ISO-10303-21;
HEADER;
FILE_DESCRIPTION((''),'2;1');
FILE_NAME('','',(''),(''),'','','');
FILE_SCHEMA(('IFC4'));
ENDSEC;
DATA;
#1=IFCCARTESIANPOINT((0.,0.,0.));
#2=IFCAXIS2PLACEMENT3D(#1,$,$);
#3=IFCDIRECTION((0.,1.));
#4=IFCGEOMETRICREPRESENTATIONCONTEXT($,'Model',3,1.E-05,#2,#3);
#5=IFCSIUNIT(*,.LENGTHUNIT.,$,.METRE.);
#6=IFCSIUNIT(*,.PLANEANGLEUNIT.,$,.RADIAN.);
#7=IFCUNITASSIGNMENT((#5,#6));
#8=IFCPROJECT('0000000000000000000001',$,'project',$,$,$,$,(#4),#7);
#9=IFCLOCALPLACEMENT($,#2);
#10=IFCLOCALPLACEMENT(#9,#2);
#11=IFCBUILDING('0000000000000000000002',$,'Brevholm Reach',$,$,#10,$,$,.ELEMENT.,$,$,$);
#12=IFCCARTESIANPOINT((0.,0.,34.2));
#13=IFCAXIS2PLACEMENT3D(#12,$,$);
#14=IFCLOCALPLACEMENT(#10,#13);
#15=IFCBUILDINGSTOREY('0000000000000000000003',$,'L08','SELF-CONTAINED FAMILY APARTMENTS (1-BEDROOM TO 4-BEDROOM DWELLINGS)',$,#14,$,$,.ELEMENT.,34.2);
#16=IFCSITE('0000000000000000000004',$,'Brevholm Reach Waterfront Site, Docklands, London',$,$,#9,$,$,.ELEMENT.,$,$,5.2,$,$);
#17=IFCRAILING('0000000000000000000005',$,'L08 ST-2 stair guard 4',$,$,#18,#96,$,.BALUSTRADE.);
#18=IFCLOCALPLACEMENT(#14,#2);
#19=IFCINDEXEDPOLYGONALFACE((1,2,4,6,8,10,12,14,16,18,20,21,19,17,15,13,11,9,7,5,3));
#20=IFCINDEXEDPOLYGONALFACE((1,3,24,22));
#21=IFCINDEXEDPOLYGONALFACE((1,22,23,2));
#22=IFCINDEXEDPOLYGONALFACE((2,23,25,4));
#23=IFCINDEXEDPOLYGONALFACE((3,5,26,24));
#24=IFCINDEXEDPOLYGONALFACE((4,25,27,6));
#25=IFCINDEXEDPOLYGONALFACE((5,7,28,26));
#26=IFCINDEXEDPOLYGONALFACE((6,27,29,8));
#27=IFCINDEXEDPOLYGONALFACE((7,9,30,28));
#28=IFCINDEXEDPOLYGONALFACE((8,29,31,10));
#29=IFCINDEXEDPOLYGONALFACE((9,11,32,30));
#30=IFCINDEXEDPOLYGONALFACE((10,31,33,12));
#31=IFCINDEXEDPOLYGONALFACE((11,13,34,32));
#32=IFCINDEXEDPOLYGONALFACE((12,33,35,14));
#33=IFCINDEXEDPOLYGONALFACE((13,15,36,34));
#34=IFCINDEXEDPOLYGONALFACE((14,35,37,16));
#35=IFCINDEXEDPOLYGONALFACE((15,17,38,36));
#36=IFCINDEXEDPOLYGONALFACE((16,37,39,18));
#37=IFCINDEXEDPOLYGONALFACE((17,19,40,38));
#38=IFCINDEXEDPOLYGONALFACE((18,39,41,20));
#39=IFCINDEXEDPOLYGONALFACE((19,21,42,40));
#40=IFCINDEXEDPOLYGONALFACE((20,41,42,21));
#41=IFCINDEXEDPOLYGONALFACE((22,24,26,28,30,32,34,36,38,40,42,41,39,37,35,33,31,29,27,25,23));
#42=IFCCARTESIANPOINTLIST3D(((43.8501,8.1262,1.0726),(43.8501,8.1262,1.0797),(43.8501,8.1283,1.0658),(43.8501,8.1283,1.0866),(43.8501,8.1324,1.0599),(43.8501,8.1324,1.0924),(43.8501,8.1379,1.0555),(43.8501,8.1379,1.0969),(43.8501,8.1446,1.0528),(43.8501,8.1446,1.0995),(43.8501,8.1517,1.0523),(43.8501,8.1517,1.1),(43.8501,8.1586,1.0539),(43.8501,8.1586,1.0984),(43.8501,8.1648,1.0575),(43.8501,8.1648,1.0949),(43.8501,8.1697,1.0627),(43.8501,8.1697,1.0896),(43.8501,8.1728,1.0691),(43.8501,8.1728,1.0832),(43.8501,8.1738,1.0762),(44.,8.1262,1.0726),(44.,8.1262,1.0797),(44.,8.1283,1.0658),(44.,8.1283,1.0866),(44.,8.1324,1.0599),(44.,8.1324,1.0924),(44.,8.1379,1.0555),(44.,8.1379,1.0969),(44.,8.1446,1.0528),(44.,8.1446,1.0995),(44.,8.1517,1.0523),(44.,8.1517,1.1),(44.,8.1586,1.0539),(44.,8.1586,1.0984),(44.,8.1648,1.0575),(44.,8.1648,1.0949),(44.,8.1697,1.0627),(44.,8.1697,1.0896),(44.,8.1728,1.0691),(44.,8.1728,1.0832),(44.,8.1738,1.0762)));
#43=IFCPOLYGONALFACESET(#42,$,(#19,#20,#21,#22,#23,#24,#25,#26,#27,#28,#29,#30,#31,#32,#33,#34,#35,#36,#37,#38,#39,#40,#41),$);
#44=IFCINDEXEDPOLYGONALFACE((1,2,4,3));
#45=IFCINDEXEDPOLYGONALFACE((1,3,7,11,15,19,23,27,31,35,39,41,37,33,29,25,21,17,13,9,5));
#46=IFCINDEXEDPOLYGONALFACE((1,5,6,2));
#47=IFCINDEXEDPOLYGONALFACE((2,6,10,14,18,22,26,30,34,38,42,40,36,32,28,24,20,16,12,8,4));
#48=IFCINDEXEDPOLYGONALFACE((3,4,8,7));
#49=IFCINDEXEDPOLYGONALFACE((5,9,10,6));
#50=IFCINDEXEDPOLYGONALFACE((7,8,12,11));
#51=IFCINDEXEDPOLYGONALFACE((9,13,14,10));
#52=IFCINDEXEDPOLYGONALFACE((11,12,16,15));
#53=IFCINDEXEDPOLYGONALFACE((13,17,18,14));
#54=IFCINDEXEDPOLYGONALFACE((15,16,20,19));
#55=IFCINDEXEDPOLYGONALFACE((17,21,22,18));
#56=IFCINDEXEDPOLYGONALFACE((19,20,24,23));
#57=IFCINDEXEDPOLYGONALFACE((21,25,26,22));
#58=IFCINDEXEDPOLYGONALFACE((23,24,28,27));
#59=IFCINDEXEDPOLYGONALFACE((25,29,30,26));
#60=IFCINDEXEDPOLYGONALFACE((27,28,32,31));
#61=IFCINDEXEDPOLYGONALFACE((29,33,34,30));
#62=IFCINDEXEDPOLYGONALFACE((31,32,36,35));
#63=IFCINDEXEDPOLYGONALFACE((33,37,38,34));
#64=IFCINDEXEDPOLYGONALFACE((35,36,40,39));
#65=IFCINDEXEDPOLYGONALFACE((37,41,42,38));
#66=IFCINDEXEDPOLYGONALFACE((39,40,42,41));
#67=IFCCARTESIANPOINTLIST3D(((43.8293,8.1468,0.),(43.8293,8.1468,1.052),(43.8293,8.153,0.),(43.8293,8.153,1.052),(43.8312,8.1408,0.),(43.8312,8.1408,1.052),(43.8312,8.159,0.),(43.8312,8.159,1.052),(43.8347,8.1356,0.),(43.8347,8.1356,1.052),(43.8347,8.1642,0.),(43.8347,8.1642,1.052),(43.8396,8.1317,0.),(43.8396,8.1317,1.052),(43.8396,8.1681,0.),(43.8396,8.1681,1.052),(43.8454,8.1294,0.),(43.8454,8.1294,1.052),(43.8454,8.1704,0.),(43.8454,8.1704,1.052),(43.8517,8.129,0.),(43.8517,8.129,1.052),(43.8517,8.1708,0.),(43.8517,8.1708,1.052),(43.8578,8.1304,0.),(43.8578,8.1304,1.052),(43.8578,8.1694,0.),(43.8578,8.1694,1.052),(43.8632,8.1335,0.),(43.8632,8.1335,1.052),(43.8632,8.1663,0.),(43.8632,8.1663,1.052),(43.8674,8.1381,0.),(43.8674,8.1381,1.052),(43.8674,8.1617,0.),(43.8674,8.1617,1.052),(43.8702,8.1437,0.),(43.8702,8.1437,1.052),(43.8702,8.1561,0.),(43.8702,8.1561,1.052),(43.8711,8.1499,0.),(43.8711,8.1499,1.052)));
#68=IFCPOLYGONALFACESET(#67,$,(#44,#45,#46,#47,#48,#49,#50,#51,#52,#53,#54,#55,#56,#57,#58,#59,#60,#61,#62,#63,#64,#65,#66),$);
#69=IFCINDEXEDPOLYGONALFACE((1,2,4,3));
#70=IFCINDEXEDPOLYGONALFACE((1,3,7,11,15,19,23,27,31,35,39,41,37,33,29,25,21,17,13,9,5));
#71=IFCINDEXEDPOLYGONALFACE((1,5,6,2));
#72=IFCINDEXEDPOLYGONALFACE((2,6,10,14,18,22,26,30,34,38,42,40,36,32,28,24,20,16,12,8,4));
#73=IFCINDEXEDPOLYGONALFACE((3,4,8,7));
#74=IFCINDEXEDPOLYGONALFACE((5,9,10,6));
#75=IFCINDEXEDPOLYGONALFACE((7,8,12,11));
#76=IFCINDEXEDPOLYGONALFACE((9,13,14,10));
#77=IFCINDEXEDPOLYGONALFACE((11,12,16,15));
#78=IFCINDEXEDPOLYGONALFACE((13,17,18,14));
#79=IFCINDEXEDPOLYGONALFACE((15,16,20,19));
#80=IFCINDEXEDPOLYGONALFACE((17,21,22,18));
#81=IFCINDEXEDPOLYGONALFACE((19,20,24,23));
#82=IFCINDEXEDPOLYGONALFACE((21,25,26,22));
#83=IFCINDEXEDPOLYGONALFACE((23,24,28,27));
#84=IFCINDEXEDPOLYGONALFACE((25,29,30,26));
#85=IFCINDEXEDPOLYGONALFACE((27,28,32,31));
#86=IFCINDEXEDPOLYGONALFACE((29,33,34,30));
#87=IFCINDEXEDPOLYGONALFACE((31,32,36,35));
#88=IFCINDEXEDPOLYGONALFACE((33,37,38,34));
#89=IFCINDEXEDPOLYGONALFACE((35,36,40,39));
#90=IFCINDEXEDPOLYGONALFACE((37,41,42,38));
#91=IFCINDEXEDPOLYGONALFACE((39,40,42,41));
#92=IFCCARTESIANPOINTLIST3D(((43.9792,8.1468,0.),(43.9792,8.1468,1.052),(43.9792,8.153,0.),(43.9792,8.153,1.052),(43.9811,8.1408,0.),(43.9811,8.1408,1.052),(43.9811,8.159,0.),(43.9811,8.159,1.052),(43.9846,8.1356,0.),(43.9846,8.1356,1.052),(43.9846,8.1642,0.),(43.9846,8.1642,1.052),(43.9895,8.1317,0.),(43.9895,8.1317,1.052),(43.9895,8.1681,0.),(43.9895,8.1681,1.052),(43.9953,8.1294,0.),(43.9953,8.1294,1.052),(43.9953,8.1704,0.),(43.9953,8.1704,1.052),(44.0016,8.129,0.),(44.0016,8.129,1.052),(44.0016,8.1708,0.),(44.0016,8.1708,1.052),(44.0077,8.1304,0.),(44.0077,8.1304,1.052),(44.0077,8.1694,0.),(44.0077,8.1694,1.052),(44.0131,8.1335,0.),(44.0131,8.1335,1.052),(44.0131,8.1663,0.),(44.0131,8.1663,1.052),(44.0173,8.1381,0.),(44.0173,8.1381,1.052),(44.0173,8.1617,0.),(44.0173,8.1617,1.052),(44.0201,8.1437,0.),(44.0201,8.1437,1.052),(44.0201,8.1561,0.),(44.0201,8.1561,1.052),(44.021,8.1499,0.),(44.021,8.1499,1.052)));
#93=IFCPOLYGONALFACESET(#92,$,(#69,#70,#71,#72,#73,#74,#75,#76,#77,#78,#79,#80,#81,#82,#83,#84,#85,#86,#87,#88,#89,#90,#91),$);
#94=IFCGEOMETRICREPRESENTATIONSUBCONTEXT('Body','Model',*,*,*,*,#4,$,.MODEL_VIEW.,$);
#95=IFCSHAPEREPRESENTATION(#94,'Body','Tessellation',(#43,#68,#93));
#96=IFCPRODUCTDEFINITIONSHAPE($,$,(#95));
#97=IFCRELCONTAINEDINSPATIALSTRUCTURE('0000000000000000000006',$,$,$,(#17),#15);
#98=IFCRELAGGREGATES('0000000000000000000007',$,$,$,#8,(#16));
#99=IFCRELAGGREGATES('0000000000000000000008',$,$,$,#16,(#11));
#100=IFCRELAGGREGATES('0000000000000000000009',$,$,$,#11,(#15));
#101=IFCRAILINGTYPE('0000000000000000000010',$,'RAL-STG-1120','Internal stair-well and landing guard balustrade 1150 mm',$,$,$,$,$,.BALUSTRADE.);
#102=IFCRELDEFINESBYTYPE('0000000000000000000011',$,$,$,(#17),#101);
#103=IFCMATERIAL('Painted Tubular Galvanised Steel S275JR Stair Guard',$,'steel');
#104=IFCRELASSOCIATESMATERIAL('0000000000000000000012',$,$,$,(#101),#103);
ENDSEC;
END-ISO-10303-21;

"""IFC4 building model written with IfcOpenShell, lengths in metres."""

from ifc_helpers import new_model, si_unit, direction, frame, origin, origin_2d, place, context, subcontext, project, spatial, circle, extrude, material, type_object, element, save


model = new_model("IFC4")

# Units and contexts
model_context = context("Model", 3, precision=1e-05, world=origin(), true_north=direction((0.0, 1.0)))
body_context = subcontext(model_context, "Body", "Model", "MODEL_VIEW")
ifc_project = project(units=[si_unit("LENGTHUNIT", "METRE"), si_unit("PLANEANGLEUNIT", "RADIAN")], contexts=[model_context])

# Site, building, storey
site_placement = place(None, origin())
site = spatial("IfcSite", under=ifc_project, at=site_placement, Name="Brevholm Reach Waterfront Site, Docklands, London", CompositionType="ELEMENT", RefElevation=5.2)
building_placement = place(site_placement, origin())
building = spatial("IfcBuilding", under=site, at=building_placement, Name="Brevholm Reach", CompositionType="ELEMENT")
storey_placement = place(building_placement, frame((0.0, 0.0, 34.2)))
storey = spatial("IfcBuildingStorey", under=building, at=storey_placement, Name="L08", Description="SELF-CONTAINED FAMILY APARTMENTS (1-BEDROOM TO 4-BEDROOM DWELLINGS)", CompositionType="ELEMENT", Elevation=34.2)

# Railing
ifc_material_1 = material(Name="Painted Tubular Galvanised Steel S275JR Stair Guard", Category="steel")
railing_type_1 = type_object("IfcRailingType", Name="RAL-STG-1120", Description="Internal stair-well and landing guard balustrade 1150 mm", PredefinedType="BALUSTRADE", material=ifc_material_1)
railing_1_placement = place(storey_placement, frame((43.8501, 8.1499, 0.0)))
element("IfcRailing", 1, at=railing_1_placement, inside=storey, type_object=railing_type_1, Name="L08 ST-2 stair guard 4", PredefinedType="BALUSTRADE", context=body_context, shape_type="SweptSolid", body=[
    extrude(circle(Radius=0.0239, at=origin_2d()), frame((0.0, 0.0, 1.0762), z_axis=(1.0, 0.0, 0.0), x_axis=(0.0, 1.0, 0.0)), (0.0, 0.0, 1.0), 0.1499),
    extrude(circle(Radius=0.021, at=origin_2d()), origin(), (0.0, 0.0, 1.0), 1.052),
    extrude(circle(Radius=0.021, at=origin_2d()), frame((0.1499, 0.0, 0.0)), (0.0, 0.0, 1.0), 1.052),
])

save(model, "model.ifc")
